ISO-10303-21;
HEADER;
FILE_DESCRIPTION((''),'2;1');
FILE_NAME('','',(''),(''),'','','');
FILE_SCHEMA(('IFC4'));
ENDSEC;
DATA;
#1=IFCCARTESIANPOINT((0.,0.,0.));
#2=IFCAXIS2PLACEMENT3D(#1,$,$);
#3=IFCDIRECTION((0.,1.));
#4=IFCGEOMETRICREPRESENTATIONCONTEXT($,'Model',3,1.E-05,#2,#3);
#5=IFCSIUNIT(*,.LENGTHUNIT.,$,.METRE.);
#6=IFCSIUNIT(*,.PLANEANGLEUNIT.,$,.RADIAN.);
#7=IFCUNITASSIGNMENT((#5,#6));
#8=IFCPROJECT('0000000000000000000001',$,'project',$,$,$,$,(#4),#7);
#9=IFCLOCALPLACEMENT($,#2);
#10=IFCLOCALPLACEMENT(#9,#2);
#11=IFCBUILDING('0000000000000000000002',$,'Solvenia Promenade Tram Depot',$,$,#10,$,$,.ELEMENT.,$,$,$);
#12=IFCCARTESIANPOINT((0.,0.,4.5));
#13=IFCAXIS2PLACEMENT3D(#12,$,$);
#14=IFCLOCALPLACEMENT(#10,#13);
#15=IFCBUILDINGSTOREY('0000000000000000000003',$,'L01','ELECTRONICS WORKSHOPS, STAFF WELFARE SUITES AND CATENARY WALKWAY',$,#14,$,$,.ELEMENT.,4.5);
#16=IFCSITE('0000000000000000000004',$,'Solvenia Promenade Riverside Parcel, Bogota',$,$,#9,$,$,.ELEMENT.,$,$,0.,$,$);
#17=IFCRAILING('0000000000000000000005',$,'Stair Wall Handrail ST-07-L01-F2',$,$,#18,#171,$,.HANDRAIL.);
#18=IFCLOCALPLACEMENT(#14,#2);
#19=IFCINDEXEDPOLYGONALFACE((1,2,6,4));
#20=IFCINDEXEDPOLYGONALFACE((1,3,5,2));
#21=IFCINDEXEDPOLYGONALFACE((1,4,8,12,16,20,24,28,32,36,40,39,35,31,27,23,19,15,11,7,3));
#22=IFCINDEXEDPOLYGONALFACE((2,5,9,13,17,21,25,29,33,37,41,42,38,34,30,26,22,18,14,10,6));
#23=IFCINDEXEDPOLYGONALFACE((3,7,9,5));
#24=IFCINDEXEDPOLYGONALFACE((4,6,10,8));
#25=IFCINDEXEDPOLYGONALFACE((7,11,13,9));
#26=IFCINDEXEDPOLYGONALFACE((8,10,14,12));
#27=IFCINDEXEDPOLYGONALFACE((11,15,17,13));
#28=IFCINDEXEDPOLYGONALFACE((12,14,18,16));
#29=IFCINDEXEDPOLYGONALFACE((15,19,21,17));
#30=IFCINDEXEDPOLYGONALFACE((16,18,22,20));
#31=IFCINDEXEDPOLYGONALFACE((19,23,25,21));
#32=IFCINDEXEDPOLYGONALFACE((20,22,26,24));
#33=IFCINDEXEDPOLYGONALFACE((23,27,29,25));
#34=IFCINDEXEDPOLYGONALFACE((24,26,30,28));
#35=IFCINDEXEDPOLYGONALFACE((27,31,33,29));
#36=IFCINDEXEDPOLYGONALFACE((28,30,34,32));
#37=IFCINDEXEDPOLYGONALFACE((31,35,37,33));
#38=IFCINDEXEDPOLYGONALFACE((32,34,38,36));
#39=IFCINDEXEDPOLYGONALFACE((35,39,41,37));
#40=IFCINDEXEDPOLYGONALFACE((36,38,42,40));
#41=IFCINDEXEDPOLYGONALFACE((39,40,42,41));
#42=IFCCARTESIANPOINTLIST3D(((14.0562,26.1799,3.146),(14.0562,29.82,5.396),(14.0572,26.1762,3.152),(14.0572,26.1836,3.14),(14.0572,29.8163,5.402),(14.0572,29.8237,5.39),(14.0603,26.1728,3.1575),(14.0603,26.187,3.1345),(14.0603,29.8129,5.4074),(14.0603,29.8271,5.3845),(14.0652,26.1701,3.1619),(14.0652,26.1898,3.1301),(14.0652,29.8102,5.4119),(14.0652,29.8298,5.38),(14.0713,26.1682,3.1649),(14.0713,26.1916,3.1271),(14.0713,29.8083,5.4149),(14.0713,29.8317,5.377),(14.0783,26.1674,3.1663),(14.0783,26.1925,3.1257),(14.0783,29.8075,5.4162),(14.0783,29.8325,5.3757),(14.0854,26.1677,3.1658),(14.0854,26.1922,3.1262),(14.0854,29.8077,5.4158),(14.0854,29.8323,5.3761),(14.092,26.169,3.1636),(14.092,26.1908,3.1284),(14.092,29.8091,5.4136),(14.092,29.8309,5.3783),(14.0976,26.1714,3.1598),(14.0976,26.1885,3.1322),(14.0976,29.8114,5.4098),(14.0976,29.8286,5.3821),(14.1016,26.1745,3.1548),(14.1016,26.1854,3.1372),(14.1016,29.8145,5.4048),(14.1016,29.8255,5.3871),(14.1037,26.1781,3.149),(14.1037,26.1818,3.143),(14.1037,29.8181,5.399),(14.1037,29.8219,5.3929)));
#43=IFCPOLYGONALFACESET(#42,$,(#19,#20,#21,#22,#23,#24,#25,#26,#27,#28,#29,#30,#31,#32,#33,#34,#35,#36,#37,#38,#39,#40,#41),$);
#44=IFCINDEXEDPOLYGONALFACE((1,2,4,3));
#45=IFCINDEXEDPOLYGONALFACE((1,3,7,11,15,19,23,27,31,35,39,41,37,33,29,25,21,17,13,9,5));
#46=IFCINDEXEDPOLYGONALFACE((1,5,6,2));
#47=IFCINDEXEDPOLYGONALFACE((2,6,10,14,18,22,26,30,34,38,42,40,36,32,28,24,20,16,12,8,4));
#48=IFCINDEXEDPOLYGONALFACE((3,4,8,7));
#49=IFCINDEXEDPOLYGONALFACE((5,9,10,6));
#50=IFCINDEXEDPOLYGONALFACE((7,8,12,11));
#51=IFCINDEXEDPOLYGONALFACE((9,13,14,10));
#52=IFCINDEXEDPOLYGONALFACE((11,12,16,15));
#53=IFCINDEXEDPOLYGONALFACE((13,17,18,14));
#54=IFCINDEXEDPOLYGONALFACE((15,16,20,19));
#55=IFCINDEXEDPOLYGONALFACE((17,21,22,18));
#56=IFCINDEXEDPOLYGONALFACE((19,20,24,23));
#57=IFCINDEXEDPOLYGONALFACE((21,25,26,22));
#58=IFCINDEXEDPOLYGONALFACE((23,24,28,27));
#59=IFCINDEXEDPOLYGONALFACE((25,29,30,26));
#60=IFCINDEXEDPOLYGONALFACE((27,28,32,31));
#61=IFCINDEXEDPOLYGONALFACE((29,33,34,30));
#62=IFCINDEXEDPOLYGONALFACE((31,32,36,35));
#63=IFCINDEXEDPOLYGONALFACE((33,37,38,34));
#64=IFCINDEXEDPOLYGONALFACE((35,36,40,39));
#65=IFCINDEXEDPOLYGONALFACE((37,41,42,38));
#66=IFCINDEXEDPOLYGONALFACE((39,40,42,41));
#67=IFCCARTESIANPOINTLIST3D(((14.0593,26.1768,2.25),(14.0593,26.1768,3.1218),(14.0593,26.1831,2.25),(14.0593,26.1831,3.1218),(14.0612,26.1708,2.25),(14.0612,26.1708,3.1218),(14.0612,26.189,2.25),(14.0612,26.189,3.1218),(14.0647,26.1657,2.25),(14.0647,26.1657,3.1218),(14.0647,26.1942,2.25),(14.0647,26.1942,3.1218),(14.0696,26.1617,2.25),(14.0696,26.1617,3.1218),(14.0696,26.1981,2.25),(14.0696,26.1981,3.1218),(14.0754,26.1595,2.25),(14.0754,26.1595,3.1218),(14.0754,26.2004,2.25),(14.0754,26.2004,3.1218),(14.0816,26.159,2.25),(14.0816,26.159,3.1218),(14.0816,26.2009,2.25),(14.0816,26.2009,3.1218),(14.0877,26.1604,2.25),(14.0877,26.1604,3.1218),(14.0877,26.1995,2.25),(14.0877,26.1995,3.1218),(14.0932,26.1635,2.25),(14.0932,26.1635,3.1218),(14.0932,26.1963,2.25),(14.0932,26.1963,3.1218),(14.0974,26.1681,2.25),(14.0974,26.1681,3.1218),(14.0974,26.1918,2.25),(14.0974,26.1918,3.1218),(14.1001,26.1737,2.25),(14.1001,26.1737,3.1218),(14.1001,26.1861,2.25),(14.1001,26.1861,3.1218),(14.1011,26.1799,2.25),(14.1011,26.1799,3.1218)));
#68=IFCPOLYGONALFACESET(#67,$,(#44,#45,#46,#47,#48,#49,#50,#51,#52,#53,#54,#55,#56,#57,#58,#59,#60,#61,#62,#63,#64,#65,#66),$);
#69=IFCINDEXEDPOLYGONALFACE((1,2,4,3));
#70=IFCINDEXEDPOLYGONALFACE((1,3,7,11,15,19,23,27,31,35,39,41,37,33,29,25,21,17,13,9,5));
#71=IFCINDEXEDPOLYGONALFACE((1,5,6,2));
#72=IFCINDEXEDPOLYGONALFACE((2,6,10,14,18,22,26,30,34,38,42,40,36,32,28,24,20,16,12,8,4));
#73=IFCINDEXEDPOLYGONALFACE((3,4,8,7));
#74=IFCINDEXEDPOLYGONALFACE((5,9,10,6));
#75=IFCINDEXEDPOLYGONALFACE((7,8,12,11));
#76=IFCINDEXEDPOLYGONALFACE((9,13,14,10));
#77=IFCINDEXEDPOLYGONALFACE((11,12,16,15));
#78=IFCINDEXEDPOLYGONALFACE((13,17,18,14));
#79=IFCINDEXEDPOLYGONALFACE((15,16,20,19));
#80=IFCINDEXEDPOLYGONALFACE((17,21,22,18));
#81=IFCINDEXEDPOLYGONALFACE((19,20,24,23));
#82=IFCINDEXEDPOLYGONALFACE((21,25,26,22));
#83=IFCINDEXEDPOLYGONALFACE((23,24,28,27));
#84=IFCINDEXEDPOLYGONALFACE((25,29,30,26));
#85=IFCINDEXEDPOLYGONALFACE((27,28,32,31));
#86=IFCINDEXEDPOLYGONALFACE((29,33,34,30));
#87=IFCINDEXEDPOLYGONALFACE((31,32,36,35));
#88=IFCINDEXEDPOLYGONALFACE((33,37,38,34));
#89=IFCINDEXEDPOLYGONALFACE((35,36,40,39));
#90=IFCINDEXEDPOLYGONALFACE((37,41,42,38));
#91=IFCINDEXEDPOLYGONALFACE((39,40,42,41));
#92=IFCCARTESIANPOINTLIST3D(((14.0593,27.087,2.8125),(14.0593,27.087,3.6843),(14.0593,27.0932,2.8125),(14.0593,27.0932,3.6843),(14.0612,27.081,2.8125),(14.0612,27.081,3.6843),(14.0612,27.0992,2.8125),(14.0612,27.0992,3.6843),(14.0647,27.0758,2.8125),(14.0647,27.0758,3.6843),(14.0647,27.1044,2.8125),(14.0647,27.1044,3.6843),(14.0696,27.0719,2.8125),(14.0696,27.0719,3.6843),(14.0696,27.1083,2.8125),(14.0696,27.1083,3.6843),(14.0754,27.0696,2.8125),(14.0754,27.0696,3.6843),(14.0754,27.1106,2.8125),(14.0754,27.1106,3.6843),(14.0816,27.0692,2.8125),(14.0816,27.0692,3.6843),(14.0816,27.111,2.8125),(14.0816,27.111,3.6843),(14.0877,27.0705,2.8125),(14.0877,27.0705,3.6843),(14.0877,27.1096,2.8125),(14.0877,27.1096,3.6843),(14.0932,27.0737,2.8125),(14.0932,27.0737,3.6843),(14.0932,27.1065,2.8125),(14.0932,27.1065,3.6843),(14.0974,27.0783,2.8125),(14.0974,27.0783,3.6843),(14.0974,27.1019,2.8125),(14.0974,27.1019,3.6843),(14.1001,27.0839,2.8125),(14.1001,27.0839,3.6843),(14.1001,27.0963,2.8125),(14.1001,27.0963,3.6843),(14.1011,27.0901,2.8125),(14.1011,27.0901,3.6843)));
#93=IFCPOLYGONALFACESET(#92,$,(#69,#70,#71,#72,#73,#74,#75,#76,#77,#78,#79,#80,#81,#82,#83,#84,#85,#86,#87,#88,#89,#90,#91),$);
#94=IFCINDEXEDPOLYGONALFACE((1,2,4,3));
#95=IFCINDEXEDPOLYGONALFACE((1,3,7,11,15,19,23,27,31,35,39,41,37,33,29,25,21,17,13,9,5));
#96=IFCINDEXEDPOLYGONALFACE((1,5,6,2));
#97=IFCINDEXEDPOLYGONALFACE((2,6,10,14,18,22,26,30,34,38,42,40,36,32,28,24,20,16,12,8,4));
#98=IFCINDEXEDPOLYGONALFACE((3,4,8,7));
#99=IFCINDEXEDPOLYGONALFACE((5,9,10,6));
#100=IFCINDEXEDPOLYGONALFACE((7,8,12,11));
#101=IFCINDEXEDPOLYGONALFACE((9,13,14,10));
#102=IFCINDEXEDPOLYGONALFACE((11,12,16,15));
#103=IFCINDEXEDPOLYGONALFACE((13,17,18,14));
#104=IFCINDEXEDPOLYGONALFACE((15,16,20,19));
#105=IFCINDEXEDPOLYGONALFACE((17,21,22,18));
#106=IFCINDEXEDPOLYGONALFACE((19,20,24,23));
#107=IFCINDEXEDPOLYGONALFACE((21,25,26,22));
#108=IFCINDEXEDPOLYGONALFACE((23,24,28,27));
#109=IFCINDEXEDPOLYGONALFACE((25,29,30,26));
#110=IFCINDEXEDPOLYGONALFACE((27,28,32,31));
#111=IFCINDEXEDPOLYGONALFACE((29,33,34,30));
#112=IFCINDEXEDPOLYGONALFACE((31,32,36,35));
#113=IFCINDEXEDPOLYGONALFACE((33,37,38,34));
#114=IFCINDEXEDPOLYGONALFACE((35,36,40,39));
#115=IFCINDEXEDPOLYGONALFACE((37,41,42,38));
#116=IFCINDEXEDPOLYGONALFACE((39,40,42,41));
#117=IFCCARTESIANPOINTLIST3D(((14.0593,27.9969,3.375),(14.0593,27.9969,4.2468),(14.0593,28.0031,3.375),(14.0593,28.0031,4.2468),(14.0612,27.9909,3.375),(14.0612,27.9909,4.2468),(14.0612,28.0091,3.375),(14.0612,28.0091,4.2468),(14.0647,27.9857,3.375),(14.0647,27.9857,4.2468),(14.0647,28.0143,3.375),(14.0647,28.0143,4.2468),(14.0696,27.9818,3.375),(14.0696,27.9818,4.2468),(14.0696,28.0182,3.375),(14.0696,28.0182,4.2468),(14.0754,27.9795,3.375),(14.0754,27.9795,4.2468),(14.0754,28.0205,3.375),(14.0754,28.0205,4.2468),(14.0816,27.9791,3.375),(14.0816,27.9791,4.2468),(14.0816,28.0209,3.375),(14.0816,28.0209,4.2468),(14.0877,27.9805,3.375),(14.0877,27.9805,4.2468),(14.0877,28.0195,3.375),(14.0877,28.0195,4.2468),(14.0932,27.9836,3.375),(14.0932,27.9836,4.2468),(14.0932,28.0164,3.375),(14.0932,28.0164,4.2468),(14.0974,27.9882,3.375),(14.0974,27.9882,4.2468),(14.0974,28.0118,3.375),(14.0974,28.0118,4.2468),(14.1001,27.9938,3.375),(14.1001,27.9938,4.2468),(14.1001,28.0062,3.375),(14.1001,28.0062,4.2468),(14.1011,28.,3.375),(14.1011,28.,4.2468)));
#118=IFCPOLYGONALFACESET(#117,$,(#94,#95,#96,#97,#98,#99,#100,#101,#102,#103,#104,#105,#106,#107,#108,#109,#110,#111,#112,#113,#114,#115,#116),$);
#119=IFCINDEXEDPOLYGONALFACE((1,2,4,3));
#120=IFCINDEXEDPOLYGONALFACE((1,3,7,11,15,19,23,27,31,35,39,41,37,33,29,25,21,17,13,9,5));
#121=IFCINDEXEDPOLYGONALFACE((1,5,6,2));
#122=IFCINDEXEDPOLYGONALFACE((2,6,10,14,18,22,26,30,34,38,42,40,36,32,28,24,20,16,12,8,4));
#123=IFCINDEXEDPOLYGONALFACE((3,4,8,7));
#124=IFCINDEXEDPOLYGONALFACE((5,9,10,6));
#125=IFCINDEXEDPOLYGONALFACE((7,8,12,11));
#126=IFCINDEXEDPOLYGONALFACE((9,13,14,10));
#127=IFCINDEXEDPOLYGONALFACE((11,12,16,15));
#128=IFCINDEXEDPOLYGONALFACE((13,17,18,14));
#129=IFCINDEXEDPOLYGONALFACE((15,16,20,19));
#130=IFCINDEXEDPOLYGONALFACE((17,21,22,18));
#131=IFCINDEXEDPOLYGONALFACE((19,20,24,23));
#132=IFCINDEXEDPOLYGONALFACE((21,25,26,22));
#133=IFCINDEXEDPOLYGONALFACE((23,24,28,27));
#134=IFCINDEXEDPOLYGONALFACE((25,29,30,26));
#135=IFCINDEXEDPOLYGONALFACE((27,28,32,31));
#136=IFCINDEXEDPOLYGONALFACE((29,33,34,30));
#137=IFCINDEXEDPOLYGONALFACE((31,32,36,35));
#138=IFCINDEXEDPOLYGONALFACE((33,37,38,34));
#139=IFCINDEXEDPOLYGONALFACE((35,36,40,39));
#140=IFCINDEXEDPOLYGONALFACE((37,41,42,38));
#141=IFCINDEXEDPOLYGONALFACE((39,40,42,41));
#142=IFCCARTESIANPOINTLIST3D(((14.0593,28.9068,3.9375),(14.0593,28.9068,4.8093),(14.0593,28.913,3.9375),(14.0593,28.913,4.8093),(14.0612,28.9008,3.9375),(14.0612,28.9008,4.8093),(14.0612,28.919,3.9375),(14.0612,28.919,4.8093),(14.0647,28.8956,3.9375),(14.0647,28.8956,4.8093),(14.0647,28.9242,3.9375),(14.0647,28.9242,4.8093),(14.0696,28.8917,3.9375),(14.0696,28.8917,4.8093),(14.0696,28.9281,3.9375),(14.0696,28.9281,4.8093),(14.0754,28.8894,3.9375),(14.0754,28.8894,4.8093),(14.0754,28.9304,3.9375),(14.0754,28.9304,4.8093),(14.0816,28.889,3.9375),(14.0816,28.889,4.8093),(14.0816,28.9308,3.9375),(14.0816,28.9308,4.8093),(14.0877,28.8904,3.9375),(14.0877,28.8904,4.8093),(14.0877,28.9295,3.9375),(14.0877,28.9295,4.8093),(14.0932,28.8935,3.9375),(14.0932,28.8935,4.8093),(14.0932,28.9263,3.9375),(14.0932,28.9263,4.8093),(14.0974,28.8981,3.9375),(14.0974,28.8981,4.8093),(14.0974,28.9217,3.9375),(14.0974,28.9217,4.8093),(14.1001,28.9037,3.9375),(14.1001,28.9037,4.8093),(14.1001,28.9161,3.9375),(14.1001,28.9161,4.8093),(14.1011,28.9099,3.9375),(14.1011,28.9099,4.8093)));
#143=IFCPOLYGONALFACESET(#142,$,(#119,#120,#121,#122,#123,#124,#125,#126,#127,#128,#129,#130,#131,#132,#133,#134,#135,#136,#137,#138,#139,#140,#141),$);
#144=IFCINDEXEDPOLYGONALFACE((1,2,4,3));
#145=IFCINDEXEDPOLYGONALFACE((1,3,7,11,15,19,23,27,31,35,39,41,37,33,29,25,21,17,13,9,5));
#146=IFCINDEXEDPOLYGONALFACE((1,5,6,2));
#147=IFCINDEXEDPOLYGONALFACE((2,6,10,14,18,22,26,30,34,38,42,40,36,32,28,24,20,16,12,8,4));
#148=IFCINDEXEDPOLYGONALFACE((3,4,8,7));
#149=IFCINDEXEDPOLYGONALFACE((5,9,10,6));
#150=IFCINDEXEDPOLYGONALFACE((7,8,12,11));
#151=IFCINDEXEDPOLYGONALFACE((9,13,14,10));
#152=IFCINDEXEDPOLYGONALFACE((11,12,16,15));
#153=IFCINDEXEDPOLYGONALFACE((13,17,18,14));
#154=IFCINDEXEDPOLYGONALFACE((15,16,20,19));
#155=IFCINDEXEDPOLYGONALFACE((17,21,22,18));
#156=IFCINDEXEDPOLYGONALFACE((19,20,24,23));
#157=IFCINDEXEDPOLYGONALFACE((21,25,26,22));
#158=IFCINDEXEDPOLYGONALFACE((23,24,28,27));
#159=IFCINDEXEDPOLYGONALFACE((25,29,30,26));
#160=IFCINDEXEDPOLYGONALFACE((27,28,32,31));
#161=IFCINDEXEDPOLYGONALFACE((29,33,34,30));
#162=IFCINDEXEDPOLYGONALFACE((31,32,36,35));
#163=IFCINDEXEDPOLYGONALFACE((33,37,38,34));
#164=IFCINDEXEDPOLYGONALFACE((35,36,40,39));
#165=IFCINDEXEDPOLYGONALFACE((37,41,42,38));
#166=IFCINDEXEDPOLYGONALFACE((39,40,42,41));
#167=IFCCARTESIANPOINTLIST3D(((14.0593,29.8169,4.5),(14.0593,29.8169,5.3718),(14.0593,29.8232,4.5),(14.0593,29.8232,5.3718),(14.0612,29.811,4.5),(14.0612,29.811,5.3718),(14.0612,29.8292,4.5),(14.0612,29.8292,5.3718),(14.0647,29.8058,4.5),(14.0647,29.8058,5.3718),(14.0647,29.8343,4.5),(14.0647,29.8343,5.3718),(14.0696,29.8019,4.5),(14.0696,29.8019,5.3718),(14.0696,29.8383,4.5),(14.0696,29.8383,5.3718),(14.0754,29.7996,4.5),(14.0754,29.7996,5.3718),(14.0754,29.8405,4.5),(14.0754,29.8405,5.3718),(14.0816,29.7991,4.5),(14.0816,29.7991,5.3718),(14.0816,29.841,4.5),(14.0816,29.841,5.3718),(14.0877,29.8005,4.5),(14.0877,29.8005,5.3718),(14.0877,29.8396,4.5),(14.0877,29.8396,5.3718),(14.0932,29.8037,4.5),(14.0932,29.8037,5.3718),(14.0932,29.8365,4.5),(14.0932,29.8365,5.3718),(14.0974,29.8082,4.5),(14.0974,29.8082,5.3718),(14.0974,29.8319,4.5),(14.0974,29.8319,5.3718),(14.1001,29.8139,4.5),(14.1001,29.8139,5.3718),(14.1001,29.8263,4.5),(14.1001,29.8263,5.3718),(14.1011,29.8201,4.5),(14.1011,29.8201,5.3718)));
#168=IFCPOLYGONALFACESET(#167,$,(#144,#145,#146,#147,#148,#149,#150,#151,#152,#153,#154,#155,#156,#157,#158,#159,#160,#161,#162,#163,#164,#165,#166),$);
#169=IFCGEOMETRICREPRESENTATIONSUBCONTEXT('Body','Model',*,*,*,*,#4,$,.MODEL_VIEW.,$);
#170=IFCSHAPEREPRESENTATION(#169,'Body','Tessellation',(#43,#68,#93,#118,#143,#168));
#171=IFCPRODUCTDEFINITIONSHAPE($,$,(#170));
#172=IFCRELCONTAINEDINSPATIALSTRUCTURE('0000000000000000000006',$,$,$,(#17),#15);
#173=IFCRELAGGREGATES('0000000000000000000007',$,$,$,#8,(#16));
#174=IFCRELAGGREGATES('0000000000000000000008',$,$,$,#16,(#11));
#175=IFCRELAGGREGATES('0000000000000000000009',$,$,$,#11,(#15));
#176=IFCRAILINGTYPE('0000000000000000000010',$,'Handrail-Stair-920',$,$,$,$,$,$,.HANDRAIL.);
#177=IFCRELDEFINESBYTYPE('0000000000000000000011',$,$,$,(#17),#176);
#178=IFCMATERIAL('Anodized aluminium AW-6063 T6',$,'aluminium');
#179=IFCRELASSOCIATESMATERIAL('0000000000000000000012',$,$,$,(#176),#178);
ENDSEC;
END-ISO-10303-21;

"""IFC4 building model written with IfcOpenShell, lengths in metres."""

from ifc_helpers import new_model, si_unit, direction, frame, origin, origin_2d, place, context, subcontext, project, spatial, circle, extrude, material, type_object, element, save


model = new_model("IFC4")

# Units and contexts
model_context = context("Model", 3, precision=1e-05, world=origin(), true_north=direction((0.0, 1.0)))
body_context = subcontext(model_context, "Body", "Model", "MODEL_VIEW")
ifc_project = project(units=[si_unit("LENGTHUNIT", "METRE"), si_unit("PLANEANGLEUNIT", "RADIAN")], contexts=[model_context])

# Site, building, storey
site_placement = place(None, origin())
site = spatial("IfcSite", under=ifc_project, at=site_placement, Name="Solvenia Promenade Riverside Parcel, Bogota", CompositionType="ELEMENT", RefElevation=0.0)
building_placement = place(site_placement, origin())
building = spatial("IfcBuilding", under=site, at=building_placement, Name="Solvenia Promenade Tram Depot", CompositionType="ELEMENT")
storey_placement = place(building_placement, frame((0.0, 0.0, 4.5)))
storey = spatial("IfcBuildingStorey", under=building, at=storey_placement, Name="L01", Description="ELECTRONICS WORKSHOPS, STAFF WELFARE SUITES AND CATENARY WALKWAY", CompositionType="ELEMENT", Elevation=4.5)

# Railing
ifc_material_1 = material(Name="Anodized aluminium AW-6063 T6", Category="aluminium")
railing_type_1 = type_object("IfcRailingType", Name="Handrail-Stair-920", PredefinedType="HANDRAIL", material=ifc_material_1)
railing_1_placement = place(storey_placement, frame((14.0801, 26.1799, 2.25)))
element("IfcRailing", 1, at=railing_1_placement, inside=storey, type_object=railing_type_1, Name="Stair Wall Handrail ST-07-L01-F2", PredefinedType="HANDRAIL", context=body_context, shape_type="SweptSolid", body=[
    extrude(circle(Radius=0.0239, at=origin_2d()), frame((0.0, 0.0, 0.896), z_axis=(0.0, 0.850622, 0.525777), x_axis=(-1.0, 0.0, 0.0)), (0.0, 0.0, 1.0), 4.2793),
    extrude(circle(Radius=0.021, at=origin_2d()), origin(), (0.0, 0.0, 1.0), 0.8718),
    extrude(circle(Radius=0.021, at=origin_2d()), frame((0.0, 0.9102, 0.5625)), (0.0, 0.0, 1.0), 0.8718),
    extrude(circle(Radius=0.021, at=origin_2d()), frame((0.0, 1.8201, 1.125)), (0.0, 0.0, 1.0), 0.8718),
    extrude(circle(Radius=0.021, at=origin_2d()), frame((0.0, 2.73, 1.6875)), (0.0, 0.0, 1.0), 0.8718),
    extrude(circle(Radius=0.021, at=origin_2d()), frame((0.0, 3.6401, 2.25)), (0.0, 0.0, 1.0), 0.8718),
])

save(model, "model.ifc")
